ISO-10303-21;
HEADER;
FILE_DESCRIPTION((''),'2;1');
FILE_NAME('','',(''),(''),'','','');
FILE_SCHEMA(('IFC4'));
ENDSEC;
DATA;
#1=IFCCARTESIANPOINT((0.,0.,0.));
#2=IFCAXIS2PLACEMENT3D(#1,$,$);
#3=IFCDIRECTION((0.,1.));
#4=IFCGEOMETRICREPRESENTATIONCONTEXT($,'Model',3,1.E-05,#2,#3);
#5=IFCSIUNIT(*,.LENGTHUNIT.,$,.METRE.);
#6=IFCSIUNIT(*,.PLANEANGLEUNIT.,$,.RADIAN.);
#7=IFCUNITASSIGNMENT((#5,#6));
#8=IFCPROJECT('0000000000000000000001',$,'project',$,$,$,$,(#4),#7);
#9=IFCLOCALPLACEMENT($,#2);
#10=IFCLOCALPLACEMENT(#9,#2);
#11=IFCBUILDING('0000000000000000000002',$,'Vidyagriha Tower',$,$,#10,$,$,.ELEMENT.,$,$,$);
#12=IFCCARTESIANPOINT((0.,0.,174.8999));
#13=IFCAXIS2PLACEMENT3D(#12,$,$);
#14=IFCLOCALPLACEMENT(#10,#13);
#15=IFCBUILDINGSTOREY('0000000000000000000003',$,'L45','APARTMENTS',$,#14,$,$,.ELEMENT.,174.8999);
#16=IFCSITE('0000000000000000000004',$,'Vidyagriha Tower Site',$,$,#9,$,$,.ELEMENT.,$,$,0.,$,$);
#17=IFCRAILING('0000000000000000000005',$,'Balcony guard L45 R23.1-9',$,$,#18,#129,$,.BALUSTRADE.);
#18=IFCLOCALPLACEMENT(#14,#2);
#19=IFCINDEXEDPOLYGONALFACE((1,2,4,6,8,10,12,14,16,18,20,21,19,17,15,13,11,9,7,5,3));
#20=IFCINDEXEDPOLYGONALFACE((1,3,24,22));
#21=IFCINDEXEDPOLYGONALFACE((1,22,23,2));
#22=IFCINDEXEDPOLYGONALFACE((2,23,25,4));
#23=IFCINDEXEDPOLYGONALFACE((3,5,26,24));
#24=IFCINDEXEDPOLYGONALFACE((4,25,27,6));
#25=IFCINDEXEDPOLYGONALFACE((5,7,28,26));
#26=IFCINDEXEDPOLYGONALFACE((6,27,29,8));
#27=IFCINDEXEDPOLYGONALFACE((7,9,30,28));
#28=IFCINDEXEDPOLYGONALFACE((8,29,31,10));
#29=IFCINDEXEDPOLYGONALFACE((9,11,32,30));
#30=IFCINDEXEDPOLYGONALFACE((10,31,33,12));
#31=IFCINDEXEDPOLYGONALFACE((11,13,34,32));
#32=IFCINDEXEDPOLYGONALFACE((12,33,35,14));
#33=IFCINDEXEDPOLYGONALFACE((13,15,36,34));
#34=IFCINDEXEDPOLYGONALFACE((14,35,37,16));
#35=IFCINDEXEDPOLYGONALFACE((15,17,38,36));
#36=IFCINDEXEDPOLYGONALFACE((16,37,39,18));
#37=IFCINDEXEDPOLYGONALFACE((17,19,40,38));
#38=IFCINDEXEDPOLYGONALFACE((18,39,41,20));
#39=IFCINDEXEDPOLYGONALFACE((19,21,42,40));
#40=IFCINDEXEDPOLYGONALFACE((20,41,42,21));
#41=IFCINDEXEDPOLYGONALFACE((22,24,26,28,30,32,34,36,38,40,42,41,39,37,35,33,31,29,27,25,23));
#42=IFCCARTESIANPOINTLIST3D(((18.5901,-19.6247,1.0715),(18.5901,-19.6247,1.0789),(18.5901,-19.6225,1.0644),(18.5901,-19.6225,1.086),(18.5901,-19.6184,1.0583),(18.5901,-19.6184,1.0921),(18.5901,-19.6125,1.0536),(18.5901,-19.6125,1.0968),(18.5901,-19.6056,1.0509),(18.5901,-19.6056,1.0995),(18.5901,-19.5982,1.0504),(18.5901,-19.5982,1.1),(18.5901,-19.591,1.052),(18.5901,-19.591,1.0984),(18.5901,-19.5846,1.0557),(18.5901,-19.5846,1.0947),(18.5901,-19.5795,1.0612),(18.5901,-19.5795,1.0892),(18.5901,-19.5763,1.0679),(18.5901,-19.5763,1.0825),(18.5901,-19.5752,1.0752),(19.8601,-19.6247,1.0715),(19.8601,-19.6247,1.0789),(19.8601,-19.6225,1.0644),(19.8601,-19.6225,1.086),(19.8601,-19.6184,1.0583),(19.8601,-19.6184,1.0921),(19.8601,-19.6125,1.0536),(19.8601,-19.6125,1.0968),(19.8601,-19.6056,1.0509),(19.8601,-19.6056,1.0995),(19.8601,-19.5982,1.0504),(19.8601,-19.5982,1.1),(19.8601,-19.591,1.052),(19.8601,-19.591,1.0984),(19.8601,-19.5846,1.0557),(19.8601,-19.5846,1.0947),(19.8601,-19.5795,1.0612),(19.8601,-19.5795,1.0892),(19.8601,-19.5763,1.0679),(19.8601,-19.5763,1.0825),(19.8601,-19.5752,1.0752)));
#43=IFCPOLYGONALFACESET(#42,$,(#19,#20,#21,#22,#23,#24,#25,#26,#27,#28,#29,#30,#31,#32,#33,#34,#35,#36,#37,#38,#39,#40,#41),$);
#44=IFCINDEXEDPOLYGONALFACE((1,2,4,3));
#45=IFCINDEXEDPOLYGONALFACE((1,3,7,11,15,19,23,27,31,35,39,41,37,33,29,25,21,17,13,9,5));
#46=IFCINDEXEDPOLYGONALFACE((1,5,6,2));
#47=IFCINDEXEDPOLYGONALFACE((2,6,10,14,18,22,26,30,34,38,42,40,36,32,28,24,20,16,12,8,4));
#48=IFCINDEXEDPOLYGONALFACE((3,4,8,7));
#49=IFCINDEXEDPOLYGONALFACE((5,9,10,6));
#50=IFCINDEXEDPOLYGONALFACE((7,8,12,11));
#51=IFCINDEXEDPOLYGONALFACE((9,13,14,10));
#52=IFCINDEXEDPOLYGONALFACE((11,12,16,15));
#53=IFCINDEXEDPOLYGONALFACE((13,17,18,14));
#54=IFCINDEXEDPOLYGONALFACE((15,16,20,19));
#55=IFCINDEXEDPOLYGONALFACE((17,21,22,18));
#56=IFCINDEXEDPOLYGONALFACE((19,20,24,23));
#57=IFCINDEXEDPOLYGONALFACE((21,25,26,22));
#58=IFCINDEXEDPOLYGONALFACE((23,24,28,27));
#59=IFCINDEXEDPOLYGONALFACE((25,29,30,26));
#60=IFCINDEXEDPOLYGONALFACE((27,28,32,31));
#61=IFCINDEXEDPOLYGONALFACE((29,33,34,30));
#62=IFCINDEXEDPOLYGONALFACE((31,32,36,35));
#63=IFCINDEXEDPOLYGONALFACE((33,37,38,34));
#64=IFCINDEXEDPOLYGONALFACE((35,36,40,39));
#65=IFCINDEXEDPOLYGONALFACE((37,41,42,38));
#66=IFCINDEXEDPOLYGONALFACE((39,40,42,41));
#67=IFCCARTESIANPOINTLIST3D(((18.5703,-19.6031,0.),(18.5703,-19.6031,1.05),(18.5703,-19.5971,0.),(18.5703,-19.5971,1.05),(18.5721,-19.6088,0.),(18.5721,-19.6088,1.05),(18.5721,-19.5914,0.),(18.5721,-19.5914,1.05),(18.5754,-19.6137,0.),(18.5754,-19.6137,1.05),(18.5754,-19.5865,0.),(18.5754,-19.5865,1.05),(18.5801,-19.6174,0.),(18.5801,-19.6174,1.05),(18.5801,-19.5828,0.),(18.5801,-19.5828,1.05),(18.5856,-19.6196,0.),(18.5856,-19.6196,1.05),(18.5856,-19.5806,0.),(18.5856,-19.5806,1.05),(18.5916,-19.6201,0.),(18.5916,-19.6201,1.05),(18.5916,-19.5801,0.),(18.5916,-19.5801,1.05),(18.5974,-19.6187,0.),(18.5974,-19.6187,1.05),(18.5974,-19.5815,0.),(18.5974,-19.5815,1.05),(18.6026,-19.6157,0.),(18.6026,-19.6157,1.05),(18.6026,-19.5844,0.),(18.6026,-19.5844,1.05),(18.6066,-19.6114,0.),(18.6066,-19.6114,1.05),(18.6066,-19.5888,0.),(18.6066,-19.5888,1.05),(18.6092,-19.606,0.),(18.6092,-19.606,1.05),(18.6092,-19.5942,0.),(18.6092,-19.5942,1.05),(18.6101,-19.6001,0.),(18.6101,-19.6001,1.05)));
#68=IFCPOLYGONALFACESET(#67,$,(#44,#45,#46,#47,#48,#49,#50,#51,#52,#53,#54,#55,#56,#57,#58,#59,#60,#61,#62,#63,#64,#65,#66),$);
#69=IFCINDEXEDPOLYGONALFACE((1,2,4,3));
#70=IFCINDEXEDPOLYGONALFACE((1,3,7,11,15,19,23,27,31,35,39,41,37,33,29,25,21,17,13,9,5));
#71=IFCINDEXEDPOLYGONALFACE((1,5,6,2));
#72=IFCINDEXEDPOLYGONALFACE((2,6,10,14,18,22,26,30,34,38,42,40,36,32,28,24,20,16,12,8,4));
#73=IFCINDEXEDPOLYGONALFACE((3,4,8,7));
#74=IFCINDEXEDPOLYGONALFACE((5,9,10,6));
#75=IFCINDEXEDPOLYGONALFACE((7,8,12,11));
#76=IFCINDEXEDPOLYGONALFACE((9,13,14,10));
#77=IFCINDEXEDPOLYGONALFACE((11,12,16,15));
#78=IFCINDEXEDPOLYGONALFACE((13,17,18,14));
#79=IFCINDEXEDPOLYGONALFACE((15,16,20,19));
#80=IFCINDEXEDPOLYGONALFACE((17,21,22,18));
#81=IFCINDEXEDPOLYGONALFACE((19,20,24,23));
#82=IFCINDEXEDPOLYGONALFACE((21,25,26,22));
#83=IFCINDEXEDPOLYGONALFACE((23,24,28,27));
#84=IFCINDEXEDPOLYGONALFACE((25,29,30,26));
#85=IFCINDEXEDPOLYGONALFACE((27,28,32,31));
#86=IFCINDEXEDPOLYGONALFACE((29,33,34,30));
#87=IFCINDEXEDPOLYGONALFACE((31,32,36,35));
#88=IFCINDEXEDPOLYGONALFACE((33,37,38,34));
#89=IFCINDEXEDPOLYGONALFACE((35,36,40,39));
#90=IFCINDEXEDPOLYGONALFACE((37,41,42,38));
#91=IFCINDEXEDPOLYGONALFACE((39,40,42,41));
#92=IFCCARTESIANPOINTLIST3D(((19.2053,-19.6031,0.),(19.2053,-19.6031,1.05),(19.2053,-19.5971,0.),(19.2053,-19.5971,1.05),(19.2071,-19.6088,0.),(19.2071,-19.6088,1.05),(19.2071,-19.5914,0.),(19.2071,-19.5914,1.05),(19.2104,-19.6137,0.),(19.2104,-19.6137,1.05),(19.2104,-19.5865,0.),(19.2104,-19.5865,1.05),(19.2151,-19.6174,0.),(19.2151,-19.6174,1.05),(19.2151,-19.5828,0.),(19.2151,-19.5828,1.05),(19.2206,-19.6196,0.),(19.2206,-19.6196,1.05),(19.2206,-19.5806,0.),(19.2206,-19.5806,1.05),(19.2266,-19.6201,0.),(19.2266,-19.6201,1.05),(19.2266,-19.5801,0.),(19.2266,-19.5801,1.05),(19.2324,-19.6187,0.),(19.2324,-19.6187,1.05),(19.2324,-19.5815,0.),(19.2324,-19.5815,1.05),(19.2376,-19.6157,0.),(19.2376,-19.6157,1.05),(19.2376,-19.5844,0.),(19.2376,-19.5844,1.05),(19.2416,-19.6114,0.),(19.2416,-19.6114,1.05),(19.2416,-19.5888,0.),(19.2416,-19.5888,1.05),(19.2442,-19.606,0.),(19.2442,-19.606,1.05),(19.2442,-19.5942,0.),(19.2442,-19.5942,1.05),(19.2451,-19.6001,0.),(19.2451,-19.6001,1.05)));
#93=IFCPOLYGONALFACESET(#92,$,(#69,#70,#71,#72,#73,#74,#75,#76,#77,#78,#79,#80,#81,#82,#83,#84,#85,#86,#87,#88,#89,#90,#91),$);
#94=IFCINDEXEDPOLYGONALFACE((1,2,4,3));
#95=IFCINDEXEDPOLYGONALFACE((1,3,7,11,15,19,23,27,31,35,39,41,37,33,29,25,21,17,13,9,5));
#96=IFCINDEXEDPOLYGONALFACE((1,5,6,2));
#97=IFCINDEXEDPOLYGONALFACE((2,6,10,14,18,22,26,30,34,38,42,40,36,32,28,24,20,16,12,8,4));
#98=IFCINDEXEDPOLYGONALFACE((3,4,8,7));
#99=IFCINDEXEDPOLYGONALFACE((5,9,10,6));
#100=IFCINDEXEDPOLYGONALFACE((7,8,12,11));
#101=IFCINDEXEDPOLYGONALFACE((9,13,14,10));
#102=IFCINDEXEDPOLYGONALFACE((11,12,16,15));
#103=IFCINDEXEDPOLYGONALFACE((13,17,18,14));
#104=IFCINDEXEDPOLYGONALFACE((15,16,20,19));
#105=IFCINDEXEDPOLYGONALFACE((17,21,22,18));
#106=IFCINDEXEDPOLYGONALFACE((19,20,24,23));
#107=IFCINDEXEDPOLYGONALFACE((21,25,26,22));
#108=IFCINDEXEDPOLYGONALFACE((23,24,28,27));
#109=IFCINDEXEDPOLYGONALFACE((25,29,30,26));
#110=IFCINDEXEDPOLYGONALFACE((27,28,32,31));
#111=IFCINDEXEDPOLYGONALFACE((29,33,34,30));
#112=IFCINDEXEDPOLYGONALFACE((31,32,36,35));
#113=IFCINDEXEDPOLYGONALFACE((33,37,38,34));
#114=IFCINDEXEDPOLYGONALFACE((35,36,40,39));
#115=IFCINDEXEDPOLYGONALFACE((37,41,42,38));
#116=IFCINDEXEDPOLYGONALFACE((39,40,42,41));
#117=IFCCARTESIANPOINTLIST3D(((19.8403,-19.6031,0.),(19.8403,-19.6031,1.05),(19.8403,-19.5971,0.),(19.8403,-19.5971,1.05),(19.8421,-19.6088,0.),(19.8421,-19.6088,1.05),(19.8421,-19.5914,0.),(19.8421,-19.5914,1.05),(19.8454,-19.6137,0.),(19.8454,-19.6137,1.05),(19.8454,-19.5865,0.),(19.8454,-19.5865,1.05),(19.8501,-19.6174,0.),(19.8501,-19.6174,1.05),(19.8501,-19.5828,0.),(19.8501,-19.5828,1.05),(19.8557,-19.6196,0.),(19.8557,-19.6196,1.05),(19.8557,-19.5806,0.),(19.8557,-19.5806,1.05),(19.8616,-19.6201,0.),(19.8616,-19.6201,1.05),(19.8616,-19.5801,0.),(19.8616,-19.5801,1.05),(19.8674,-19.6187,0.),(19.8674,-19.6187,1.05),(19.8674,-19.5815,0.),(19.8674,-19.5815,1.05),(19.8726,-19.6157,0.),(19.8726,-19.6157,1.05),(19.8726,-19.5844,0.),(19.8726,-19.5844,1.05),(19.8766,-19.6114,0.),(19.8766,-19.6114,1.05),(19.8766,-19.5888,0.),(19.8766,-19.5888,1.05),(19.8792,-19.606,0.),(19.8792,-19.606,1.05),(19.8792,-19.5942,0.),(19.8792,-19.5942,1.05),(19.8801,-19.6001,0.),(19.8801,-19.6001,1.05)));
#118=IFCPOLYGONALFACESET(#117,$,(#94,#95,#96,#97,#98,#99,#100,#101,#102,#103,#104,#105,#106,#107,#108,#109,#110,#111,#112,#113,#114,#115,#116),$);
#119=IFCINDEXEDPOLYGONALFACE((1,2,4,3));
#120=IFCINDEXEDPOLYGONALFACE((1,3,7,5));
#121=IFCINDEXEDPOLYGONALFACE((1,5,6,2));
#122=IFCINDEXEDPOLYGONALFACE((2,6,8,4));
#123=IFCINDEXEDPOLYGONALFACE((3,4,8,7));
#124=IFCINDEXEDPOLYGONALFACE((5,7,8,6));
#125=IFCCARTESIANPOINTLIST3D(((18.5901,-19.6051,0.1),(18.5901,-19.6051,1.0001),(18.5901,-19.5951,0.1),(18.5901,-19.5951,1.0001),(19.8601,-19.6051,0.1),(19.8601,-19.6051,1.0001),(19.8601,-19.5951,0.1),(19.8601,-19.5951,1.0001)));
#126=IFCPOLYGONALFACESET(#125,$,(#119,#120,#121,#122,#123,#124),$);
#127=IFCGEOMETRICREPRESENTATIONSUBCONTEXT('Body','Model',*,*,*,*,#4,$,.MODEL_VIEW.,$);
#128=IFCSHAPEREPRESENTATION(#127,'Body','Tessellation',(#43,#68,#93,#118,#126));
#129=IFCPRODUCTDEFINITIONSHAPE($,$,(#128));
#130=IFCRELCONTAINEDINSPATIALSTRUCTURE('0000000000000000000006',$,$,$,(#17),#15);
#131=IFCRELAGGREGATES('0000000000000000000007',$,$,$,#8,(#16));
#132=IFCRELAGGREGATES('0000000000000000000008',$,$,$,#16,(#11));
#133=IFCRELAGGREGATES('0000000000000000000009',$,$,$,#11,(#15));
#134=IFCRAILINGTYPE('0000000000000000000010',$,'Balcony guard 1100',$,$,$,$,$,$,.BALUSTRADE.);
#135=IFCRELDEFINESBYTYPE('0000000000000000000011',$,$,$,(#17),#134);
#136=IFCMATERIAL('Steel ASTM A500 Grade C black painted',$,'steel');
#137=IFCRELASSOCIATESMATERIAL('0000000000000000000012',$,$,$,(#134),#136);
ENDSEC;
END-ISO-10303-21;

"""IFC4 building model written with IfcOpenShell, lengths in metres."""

from ifc_helpers import new_model, si_unit, direction, frame, origin, origin_2d, place, context, subcontext, project, spatial, rectangle, circle, extrude, material, type_object, element, save


model = new_model("IFC4")

# Units and contexts
model_context = context("Model", 3, precision=1e-05, world=origin(), true_north=direction((0.0, 1.0)))
body_context = subcontext(model_context, "Body", "Model", "MODEL_VIEW")
ifc_project = project(units=[si_unit("LENGTHUNIT", "METRE"), si_unit("PLANEANGLEUNIT", "RADIAN")], contexts=[model_context])

# Site, building, storey
site_placement = place(None, origin())
site = spatial("IfcSite", under=ifc_project, at=site_placement, Name="Vidyagriha Tower Site", CompositionType="ELEMENT", RefElevation=0.0)
building_placement = place(site_placement, origin())
building = spatial("IfcBuilding", under=site, at=building_placement, Name="Vidyagriha Tower", CompositionType="ELEMENT")
storey_placement = place(building_placement, frame((0.0, 0.0, 174.8999)))
storey = spatial("IfcBuildingStorey", under=building, at=storey_placement, Name="L45", Description="APARTMENTS", CompositionType="ELEMENT", Elevation=174.8999)

# Railing
ifc_material_1 = material(Name="Steel ASTM A500 Grade C black painted", Category="steel")
railing_type = type_object("IfcRailingType", Name="Balcony guard 1100", PredefinedType="BALUSTRADE", material=ifc_material_1)
railing_1_placement = place(storey_placement, frame((18.5901, -19.6001, 0.0)))
element("IfcRailing", 1, at=railing_1_placement, inside=storey, type_object=railing_type, Name="Balcony guard L45 R23.1-9", PredefinedType="BALUSTRADE", context=body_context, shape_type="SweptSolid", body=[
    extrude(circle(Radius=0.0249, at=origin_2d()), frame((0.0, 0.0, 1.0752), z_axis=(1.0, 0.0, 0.0), x_axis=(0.0, 1.0, 0.0)), (0.0, 0.0, 1.0), 1.27),
    extrude(circle(Radius=0.02, at=origin_2d()), origin(), (0.0, 0.0, 1.0), 1.05),
    extrude(circle(Radius=0.02, at=origin_2d()), frame((0.635, 0.0, 0.0)), (0.0, 0.0, 1.0), 1.05),
    extrude(circle(Radius=0.02, at=origin_2d()), frame((1.27, 0.0, 0.0)), (0.0, 0.0, 1.0), 1.05),
    extrude(rectangle(XDim=0.01, YDim=0.9001, at=origin_2d()), frame((0.0, 0.0, 0.55), z_axis=(1.0, 0.0, 0.0), x_axis=(0.0, 1.0, 0.0)), (0.0, 0.0, 1.0), 1.27),
])

save(model, "model.ifc")
